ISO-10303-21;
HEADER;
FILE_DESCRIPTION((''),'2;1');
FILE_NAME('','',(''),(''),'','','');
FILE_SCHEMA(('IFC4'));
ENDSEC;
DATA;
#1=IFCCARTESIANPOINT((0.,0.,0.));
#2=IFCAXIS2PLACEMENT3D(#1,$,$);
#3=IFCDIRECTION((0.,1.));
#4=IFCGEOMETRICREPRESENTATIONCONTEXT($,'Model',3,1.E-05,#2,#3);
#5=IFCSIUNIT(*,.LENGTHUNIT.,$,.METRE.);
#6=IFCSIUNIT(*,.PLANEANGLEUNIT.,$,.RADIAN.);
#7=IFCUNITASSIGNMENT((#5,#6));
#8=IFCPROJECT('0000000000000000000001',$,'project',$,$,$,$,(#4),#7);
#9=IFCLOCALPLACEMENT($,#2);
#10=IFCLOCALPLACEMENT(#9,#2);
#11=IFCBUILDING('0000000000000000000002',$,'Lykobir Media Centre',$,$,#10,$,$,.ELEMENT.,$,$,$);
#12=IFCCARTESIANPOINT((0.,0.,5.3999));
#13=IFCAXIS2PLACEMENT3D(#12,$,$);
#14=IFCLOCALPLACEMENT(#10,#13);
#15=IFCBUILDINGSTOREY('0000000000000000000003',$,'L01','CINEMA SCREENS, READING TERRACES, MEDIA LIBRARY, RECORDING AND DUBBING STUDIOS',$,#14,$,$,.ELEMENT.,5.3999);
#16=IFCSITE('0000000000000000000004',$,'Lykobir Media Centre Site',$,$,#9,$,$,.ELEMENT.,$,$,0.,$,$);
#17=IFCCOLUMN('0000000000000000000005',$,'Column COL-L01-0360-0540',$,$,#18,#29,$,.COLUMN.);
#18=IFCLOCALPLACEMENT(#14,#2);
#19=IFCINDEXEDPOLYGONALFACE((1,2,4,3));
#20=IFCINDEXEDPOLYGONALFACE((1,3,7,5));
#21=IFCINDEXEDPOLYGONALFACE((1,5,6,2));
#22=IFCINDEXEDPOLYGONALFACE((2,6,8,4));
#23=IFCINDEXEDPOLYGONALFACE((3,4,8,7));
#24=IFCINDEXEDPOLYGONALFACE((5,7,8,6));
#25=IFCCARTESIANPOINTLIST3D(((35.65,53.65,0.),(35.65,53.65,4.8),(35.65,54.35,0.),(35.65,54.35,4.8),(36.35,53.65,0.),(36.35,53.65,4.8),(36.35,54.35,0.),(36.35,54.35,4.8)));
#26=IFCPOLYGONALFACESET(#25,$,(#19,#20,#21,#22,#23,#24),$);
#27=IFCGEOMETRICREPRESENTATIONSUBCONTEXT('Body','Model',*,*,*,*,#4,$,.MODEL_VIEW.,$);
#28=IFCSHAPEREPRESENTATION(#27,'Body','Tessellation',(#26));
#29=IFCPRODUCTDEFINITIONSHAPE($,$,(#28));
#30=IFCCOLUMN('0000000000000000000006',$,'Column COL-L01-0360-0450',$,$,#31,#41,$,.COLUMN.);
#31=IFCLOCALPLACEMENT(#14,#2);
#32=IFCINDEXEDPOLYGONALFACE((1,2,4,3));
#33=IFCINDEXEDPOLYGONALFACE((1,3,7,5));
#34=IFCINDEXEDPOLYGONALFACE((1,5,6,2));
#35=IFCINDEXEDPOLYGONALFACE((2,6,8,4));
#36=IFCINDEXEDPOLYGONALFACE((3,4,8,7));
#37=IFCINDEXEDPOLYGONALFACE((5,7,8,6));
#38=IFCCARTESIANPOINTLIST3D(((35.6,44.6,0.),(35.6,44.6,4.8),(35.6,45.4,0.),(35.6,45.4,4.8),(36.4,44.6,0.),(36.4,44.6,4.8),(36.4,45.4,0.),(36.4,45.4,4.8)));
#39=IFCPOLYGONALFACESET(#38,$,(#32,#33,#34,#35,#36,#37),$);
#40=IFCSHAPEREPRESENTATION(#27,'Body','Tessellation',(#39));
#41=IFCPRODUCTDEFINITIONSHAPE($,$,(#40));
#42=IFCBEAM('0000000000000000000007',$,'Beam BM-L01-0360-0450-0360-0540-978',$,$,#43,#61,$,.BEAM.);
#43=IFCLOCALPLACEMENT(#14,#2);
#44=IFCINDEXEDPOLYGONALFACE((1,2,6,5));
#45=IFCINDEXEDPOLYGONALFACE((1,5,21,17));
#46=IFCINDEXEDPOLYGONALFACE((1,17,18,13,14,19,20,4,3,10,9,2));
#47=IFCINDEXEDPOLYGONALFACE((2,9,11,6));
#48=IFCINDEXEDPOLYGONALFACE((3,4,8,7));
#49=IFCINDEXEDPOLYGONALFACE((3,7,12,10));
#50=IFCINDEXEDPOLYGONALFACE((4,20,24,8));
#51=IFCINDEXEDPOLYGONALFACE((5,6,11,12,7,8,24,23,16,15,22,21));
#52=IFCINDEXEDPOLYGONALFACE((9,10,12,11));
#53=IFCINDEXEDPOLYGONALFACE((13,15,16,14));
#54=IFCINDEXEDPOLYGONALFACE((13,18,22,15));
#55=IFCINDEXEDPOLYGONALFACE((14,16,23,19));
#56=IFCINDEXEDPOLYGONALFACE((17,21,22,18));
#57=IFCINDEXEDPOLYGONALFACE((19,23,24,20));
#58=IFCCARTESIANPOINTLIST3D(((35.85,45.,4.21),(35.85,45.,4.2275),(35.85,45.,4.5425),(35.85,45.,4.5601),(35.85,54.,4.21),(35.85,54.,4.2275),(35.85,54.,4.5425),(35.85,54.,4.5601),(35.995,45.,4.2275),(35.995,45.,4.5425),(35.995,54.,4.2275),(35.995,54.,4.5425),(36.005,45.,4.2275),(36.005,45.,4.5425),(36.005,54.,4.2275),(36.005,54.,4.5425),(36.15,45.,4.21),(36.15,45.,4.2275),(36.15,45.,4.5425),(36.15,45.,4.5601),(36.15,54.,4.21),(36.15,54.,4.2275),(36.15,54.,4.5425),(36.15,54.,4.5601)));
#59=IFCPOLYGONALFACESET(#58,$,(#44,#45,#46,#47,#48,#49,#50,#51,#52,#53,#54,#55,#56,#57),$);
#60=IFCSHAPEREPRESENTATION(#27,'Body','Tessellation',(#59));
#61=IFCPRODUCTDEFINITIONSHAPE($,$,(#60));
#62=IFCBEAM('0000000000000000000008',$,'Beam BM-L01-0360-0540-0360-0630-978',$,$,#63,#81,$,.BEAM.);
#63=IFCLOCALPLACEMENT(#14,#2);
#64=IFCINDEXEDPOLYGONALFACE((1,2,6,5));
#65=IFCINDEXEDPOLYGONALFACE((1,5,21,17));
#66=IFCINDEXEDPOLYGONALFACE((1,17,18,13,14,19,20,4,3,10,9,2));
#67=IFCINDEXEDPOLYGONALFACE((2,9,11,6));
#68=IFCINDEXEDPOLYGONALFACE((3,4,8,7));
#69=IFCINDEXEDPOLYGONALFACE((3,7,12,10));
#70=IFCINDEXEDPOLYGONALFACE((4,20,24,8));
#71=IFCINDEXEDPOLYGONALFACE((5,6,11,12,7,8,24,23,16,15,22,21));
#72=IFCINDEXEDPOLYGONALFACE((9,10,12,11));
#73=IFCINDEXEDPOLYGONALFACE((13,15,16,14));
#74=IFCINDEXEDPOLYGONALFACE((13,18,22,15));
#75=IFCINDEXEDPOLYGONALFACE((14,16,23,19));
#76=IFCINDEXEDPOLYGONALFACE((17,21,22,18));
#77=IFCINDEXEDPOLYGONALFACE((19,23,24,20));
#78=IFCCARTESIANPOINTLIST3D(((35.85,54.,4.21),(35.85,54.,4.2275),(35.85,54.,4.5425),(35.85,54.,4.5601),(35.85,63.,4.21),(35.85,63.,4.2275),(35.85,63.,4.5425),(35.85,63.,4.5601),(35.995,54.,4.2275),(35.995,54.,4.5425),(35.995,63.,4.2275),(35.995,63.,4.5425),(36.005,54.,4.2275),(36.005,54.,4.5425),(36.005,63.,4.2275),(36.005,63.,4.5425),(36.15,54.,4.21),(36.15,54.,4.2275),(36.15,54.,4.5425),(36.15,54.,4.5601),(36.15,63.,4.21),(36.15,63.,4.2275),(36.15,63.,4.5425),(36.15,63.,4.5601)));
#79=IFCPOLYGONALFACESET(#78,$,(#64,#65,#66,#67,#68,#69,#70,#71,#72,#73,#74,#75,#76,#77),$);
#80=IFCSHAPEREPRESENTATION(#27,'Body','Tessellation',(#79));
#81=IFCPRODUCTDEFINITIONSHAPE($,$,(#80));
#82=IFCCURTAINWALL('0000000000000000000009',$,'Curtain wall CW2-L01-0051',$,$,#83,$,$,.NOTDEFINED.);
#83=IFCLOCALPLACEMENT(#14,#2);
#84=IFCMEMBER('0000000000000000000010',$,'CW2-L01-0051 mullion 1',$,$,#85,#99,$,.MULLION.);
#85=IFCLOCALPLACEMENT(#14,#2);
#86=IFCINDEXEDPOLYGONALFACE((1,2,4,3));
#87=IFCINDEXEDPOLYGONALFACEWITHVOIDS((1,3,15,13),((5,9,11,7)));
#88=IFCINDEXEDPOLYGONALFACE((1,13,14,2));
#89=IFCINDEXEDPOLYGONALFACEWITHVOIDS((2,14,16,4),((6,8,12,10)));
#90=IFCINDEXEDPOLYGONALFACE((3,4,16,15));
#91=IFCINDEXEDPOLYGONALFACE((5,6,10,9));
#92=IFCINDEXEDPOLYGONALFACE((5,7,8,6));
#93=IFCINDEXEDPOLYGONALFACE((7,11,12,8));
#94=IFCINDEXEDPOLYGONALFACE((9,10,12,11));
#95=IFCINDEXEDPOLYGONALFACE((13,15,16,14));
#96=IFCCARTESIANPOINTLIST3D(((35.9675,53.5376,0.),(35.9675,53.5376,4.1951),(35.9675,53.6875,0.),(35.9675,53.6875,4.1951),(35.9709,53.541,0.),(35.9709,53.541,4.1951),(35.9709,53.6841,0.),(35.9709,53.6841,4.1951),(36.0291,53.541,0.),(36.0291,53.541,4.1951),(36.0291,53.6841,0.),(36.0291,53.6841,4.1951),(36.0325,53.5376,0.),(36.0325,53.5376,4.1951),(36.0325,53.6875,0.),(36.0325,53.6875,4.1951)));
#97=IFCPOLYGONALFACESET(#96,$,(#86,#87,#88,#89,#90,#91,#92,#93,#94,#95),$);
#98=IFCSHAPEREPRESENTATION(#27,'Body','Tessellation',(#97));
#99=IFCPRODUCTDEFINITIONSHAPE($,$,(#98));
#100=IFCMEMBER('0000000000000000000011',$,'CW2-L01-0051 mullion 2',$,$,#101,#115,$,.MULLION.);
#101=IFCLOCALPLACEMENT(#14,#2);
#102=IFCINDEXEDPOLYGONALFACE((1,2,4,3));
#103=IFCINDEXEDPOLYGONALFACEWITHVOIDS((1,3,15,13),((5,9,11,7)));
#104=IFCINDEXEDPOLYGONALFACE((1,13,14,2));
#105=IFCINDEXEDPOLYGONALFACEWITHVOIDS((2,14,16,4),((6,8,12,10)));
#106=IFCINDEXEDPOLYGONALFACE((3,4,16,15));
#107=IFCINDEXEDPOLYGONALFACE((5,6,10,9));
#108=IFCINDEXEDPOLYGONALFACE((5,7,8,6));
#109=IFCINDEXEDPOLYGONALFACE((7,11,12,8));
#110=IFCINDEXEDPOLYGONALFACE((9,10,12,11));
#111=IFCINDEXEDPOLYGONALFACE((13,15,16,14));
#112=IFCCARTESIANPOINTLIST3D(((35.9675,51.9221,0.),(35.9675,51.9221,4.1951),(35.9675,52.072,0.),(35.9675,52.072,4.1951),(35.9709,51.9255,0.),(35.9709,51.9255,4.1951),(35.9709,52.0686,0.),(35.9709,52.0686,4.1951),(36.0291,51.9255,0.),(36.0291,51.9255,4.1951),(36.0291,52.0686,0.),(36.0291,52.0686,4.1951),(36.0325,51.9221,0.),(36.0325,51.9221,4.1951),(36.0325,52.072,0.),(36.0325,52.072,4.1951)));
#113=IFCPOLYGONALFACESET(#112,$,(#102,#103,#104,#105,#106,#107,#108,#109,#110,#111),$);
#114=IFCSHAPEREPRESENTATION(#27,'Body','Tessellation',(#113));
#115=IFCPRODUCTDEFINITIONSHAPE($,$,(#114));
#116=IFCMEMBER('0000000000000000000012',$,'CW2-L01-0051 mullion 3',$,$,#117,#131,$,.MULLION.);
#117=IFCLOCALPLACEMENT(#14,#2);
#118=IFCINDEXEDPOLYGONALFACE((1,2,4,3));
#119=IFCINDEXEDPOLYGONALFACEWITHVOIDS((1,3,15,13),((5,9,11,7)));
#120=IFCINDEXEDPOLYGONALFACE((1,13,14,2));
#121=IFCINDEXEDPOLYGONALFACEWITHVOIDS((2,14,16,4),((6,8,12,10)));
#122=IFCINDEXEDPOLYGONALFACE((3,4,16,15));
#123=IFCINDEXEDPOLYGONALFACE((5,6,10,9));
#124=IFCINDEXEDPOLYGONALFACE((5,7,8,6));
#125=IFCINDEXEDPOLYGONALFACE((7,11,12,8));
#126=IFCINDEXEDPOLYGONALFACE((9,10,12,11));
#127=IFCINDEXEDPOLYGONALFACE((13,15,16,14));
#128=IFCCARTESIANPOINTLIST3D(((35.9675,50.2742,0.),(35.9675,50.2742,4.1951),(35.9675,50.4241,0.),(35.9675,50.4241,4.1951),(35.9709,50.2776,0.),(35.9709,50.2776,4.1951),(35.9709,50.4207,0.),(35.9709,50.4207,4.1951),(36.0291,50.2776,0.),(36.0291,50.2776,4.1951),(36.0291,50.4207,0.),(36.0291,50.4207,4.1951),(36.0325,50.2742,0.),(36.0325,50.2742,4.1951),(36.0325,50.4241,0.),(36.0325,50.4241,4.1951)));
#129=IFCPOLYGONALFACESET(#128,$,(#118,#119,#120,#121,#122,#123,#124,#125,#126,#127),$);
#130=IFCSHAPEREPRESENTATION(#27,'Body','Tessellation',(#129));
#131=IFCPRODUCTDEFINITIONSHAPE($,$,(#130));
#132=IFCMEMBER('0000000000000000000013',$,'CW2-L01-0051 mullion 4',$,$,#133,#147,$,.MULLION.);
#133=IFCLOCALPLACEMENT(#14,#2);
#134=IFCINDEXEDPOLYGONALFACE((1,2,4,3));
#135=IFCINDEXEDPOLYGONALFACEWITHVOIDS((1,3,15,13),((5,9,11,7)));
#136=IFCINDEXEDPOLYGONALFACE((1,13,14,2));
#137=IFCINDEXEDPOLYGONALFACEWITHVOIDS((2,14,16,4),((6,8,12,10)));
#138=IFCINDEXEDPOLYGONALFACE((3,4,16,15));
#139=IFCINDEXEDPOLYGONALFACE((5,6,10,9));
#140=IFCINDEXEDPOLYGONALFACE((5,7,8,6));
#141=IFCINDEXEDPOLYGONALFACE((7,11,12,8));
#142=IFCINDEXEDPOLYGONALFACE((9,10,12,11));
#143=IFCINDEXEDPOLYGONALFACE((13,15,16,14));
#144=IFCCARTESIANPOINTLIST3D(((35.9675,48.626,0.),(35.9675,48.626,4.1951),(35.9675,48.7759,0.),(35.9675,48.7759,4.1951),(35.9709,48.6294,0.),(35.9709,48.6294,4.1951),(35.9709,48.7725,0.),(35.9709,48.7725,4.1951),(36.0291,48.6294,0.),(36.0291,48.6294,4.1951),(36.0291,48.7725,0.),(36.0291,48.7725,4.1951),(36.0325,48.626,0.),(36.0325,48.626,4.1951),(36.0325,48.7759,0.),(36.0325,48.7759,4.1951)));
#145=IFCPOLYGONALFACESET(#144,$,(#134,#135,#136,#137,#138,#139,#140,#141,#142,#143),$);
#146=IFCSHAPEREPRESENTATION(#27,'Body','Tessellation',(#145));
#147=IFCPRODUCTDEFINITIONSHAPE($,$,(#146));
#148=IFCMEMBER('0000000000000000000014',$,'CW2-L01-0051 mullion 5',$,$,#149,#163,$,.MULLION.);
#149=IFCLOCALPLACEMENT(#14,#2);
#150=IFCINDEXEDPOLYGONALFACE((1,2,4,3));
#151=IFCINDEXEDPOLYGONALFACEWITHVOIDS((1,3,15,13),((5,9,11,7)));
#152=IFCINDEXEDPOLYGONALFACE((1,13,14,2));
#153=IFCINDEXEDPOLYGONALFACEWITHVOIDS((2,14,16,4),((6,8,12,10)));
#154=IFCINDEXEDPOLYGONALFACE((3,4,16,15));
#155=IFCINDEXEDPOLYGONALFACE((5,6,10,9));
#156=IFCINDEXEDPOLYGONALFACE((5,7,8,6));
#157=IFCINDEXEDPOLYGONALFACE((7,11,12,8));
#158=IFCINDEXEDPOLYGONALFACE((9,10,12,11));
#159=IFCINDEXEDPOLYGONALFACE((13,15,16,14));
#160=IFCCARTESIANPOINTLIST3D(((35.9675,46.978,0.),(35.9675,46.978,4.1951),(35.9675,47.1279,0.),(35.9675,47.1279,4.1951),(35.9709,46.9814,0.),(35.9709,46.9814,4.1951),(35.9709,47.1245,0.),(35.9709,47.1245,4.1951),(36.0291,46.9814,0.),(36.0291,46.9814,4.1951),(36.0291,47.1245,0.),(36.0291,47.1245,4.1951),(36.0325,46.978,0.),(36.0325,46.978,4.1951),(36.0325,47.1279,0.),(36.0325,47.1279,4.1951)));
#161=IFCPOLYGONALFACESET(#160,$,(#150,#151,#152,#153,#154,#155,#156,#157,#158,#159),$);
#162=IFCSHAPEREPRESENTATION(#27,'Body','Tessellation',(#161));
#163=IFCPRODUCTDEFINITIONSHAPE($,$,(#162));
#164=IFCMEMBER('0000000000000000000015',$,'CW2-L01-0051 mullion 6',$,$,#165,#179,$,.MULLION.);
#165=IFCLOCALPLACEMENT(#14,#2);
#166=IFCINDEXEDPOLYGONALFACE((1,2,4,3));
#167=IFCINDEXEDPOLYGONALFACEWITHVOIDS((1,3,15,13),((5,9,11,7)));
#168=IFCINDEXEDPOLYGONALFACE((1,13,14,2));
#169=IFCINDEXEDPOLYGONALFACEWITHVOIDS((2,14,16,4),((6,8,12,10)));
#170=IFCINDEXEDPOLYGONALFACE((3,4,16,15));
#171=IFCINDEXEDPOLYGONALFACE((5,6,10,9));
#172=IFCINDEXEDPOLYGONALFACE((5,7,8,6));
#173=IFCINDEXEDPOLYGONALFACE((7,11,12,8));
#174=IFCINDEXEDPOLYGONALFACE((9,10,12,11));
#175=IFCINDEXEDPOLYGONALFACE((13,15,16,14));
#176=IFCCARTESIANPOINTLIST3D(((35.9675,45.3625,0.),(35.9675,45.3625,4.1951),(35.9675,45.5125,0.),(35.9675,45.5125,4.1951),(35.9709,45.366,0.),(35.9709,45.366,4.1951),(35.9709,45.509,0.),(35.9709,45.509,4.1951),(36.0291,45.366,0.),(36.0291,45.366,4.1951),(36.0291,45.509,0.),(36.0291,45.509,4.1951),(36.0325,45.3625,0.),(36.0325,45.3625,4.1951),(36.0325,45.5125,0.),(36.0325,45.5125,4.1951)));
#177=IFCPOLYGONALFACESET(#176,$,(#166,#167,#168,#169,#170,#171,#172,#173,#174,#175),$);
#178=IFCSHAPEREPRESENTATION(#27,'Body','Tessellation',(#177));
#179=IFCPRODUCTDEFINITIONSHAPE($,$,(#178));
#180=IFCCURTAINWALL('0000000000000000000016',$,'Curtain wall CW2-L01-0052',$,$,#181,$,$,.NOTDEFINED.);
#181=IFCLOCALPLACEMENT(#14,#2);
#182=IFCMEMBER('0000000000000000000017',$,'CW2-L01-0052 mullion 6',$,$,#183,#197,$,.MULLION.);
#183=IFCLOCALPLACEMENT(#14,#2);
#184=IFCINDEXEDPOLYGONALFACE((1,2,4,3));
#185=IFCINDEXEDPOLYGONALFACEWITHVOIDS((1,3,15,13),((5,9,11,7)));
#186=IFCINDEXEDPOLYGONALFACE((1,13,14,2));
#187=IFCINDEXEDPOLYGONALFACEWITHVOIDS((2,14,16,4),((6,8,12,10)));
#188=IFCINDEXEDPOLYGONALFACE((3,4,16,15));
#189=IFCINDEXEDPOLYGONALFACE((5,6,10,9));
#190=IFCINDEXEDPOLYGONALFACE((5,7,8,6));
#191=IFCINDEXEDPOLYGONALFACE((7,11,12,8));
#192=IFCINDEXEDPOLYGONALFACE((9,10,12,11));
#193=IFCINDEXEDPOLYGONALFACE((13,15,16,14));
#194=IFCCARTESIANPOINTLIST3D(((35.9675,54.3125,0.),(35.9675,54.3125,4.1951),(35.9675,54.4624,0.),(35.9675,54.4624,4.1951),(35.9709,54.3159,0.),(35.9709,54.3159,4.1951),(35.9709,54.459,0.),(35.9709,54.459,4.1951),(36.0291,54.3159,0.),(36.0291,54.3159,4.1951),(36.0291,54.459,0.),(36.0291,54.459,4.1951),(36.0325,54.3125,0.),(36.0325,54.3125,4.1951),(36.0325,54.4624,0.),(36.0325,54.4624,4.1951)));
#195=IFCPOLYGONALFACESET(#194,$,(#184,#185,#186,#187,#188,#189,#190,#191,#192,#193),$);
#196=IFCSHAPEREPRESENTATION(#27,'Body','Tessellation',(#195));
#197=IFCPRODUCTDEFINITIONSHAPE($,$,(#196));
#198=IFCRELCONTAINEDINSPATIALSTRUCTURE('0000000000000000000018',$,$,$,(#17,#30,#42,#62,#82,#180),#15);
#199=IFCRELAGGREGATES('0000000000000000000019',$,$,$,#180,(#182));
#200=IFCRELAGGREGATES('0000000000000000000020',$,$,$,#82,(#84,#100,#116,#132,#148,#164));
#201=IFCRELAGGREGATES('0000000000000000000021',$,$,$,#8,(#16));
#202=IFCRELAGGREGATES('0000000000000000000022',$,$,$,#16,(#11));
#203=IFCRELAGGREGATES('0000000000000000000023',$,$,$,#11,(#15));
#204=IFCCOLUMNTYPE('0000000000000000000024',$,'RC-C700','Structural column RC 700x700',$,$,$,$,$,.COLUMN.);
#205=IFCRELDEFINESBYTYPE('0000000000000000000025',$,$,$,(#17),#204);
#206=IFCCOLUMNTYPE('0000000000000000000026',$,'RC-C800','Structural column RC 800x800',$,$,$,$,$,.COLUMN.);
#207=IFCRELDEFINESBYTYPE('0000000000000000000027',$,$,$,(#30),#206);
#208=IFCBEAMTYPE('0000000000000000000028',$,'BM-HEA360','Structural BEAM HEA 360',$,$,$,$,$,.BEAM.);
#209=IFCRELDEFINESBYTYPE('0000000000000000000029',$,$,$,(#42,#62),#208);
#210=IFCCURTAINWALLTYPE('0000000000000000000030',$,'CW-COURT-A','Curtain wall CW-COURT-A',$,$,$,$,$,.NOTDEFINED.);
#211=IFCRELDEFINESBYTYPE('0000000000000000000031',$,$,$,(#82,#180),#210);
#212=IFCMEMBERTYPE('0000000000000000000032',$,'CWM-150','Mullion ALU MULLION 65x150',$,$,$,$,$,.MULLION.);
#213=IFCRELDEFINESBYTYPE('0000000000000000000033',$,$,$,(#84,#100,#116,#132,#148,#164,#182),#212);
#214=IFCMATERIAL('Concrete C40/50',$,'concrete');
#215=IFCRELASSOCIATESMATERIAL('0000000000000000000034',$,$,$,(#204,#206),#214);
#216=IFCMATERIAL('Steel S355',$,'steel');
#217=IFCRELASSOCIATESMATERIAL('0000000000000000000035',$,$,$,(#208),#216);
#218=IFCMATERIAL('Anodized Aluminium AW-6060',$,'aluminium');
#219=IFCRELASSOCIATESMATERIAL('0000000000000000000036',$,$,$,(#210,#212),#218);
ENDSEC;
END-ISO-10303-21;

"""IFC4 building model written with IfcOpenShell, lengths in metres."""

from ifc_helpers import new_model, si_unit, direction, frame, origin, origin_2d, place, context, subcontext, project, spatial, rectangle, hollow_rectangle, i_section, extrude, material, material_profile, profile_set, type_object, element, aggregate, save


model = new_model("IFC4")

# Units and contexts
model_context = context("Model", 3, precision=1e-05, world=origin(), true_north=direction((0.0, 1.0)))
body_context = subcontext(model_context, "Body", "Model", "MODEL_VIEW")
ifc_project = project(units=[si_unit("LENGTHUNIT", "METRE"), si_unit("PLANEANGLEUNIT", "RADIAN")], contexts=[model_context])

# Site, building, storey
site_placement = place(None, origin())
site = spatial("IfcSite", under=ifc_project, at=site_placement, Name="Lykobir Media Centre Site", CompositionType="ELEMENT", RefElevation=0.0)
building_placement = place(site_placement, origin())
building = spatial("IfcBuilding", under=site, at=building_placement, Name="Lykobir Media Centre", CompositionType="ELEMENT")
storey_placement = place(building_placement, frame((0.0, 0.0, 5.3999)))
storey = spatial("IfcBuildingStorey", under=building, at=storey_placement, Name="L01", Description="CINEMA SCREENS, READING TERRACES, MEDIA LIBRARY, RECORDING AND DUBBING STUDIOS", CompositionType="ELEMENT", Elevation=5.3999)

# Columns
ifc_material_1 = material(Name="Concrete C40/50", Category="concrete")
ifc_material_profile_1 = material_profile(ifc_material_1, rectangle(XDim=0.7, YDim=0.7, at=origin_2d()), Name="RC 700x700")
ifc_profile_set_1 = profile_set([ifc_material_profile_1], Name="Concrete C40/50")
column_type_1 = type_object("IfcColumnType", Name="RC-C700", Description="Structural column RC 700x700", PredefinedType="COLUMN", material=ifc_profile_set_1)
column_1_placement = place(storey_placement, frame((36.0, 54.0, 0.0), z_axis=(0.0, 0.0, 1.0), x_axis=(1.0, 0.0, 0.0)))
element("IfcColumn", 1, at=column_1_placement, inside=storey, type_object=column_type_1, Name="Column COL-L01-0360-0540", PredefinedType="COLUMN", context=body_context, shape_type="SweptSolid", body=[
    extrude(rectangle(XDim=0.7, YDim=0.7, at=origin_2d()), origin(), (0.0, 0.0, 1.0), 4.8),
])
ifc_material_profile_2 = material_profile(ifc_material_1, rectangle(XDim=0.8, YDim=0.8, at=origin_2d()), Name="RC 800x800")
ifc_profile_set_2 = profile_set([ifc_material_profile_2], Name="Concrete C40/50")
column_type_2 = type_object("IfcColumnType", Name="RC-C800", Description="Structural column RC 800x800", PredefinedType="COLUMN", material=ifc_profile_set_2)
column_2_placement = place(storey_placement, frame((36.0, 45.0, 0.0), z_axis=(0.0, 0.0, 1.0), x_axis=(1.0, 0.0, 0.0)))
element("IfcColumn", 2, at=column_2_placement, inside=storey, type_object=column_type_2, Name="Column COL-L01-0360-0450", PredefinedType="COLUMN", context=body_context, shape_type="SweptSolid", body=[
    extrude(rectangle(XDim=0.8, YDim=0.8, at=origin_2d()), origin(), (0.0, 0.0, 1.0), 4.8),
])

# Beams
ifc_material_2 = material(Name="Steel S355", Category="steel")
ifc_material_profile_3 = material_profile(ifc_material_2, i_section(OverallWidth=0.3, OverallDepth=0.3501, WebThickness=0.01, FlangeThickness=0.0176, at=origin_2d()), Name="HEA 360")
ifc_profile_set_3 = profile_set([ifc_material_profile_3], Name="Steel S355")
beam_type_1 = type_object("IfcBeamType", Name="BM-HEA360", Description="Structural BEAM HEA 360", PredefinedType="BEAM", material=ifc_profile_set_3)
for number, where, z_axis, x_axis, name in (
    (3, (36.0, 45.0, 4.385), (0.0, 1.0, 0.0), (-1.0, 0.0, 0.0), "Beam BM-L01-0360-0450-0360-0540-978"),
    (4, (36.0, 54.0, 4.385), (0.0, 1.0, 0.0), (-1.0, 0.0, 0.0), "Beam BM-L01-0360-0540-0360-0630-978"),
):
    element("IfcBeam", number, at=place(storey_placement, frame(where, z_axis=z_axis, x_axis=x_axis)), inside=storey, type_object=beam_type_1, Name=name, PredefinedType="BEAM", context=body_context, shape_type="SweptSolid", body=[
        extrude(i_section(OverallWidth=0.3, OverallDepth=0.3501, WebThickness=0.01, FlangeThickness=0.0176, at=origin_2d()), origin(), (0.0, 0.0, 1.0), 9.0),
    ])

# Curtain wall, members
ifc_material_3 = material(Name="Anodized Aluminium AW-6060", Category="aluminium")
curtain_wall_type = type_object("IfcCurtainWallType", Name="CW-COURT-A", Description="Curtain wall CW-COURT-A", PredefinedType="NOTDEFINED", material=ifc_material_3)
curtain_wall_1_placement = place(storey_placement, origin())
curtain_wall_1 = element("IfcCurtainWall", 5, at=curtain_wall_1_placement, inside=storey, type_object=curtain_wall_type, Name="Curtain wall CW2-L01-0051", PredefinedType="NOTDEFINED")
ifc_material_profile_4 = material_profile(ifc_material_3, hollow_rectangle(XDim=0.0649, YDim=0.1499, WallThickness=0.0034, at=origin_2d()), Name="ALU MULLION 65x150")
ifc_profile_set_4 = profile_set([ifc_material_profile_4], Name="Anodized Aluminium AW-6060")
member_type_1 = type_object("IfcMemberType", Name="CWM-150", Description="Mullion ALU MULLION 65x150", PredefinedType="MULLION", material=ifc_profile_set_4)
member_1_placement = place(storey_placement, frame((36.0, 53.6125, 0.0), z_axis=(0.0, 0.0, 1.0), x_axis=(1.0, 0.0, 0.0)))
member_1 = element("IfcMember", 6, at=member_1_placement, type_object=member_type_1, Name="CW2-L01-0051 mullion 1", PredefinedType="MULLION", context=body_context, shape_type="SweptSolid", body=[
    extrude(hollow_rectangle(XDim=0.0649, YDim=0.1499, WallThickness=0.0034, at=origin_2d()), origin(), (0.0, 0.0, 1.0), 4.1951),
])
member_2_placement = place(storey_placement, frame((36.0, 51.9971, 0.0), z_axis=(0.0, 0.0, 1.0), x_axis=(1.0, 0.0, 0.0)))
member_2 = element("IfcMember", 7, at=member_2_placement, type_object=member_type_1, Name="CW2-L01-0051 mullion 2", PredefinedType="MULLION", context=body_context, shape_type="SweptSolid", body=[
    extrude(hollow_rectangle(XDim=0.0649, YDim=0.1499, WallThickness=0.0034, at=origin_2d()), origin(), (0.0, 0.0, 1.0), 4.1951),
])
member_3_placement = place(storey_placement, frame((36.0, 50.3491, 0.0), z_axis=(0.0, 0.0, 1.0), x_axis=(1.0, 0.0, 0.0)))
member_3 = element("IfcMember", 8, at=member_3_placement, type_object=member_type_1, Name="CW2-L01-0051 mullion 3", PredefinedType="MULLION", context=body_context, shape_type="SweptSolid", body=[
    extrude(hollow_rectangle(XDim=0.0649, YDim=0.1499, WallThickness=0.0034, at=origin_2d()), origin(), (0.0, 0.0, 1.0), 4.1951),
])
member_4_placement = place(storey_placement, frame((36.0, 48.7009, 0.0), z_axis=(0.0, 0.0, 1.0), x_axis=(1.0, 0.0, 0.0)))
member_4 = element("IfcMember", 9, at=member_4_placement, type_object=member_type_1, Name="CW2-L01-0051 mullion 4", PredefinedType="MULLION", context=body_context, shape_type="SweptSolid", body=[
    extrude(hollow_rectangle(XDim=0.0649, YDim=0.1499, WallThickness=0.0034, at=origin_2d()), origin(), (0.0, 0.0, 1.0), 4.1951),
])
member_5_placement = place(storey_placement, frame((36.0, 47.053, 0.0), z_axis=(0.0, 0.0, 1.0), x_axis=(1.0, 0.0, 0.0)))
member_5 = element("IfcMember", 10, at=member_5_placement, type_object=member_type_1, Name="CW2-L01-0051 mullion 5", PredefinedType="MULLION", context=body_context, shape_type="SweptSolid", body=[
    extrude(hollow_rectangle(XDim=0.0649, YDim=0.1499, WallThickness=0.0034, at=origin_2d()), origin(), (0.0, 0.0, 1.0), 4.1951),
])
member_6_placement = place(storey_placement, frame((36.0, 45.4375, 0.0), z_axis=(0.0, 0.0, 1.0), x_axis=(1.0, 0.0, 0.0)))
member_6 = element("IfcMember", 11, at=member_6_placement, type_object=member_type_1, Name="CW2-L01-0051 mullion 6", PredefinedType="MULLION", context=body_context, shape_type="SweptSolid", body=[
    extrude(hollow_rectangle(XDim=0.0649, YDim=0.1499, WallThickness=0.0034, at=origin_2d()), origin(), (0.0, 0.0, 1.0), 4.1951),
])

# Curtain wall, member
curtain_wall_2_placement = place(storey_placement, origin())
curtain_wall_2 = element("IfcCurtainWall", 12, at=curtain_wall_2_placement, inside=storey, type_object=curtain_wall_type, Name="Curtain wall CW2-L01-0052", PredefinedType="NOTDEFINED")
member_7_placement = place(storey_placement, frame((36.0, 54.3875, 0.0), z_axis=(0.0, 0.0, 1.0), x_axis=(1.0, 0.0, 0.0)))
member_7 = element("IfcMember", 13, at=member_7_placement, type_object=member_type_1, Name="CW2-L01-0052 mullion 6", PredefinedType="MULLION", context=body_context, shape_type="SweptSolid", body=[
    extrude(hollow_rectangle(XDim=0.0649, YDim=0.1499, WallThickness=0.0034, at=origin_2d()), origin(), (0.0, 0.0, 1.0), 4.1951),
])
aggregate(curtain_wall_2, [member_7])

aggregate(curtain_wall_1, [member_1, member_2, member_3, member_4, member_5, member_6])

save(model, "model.ifc")
